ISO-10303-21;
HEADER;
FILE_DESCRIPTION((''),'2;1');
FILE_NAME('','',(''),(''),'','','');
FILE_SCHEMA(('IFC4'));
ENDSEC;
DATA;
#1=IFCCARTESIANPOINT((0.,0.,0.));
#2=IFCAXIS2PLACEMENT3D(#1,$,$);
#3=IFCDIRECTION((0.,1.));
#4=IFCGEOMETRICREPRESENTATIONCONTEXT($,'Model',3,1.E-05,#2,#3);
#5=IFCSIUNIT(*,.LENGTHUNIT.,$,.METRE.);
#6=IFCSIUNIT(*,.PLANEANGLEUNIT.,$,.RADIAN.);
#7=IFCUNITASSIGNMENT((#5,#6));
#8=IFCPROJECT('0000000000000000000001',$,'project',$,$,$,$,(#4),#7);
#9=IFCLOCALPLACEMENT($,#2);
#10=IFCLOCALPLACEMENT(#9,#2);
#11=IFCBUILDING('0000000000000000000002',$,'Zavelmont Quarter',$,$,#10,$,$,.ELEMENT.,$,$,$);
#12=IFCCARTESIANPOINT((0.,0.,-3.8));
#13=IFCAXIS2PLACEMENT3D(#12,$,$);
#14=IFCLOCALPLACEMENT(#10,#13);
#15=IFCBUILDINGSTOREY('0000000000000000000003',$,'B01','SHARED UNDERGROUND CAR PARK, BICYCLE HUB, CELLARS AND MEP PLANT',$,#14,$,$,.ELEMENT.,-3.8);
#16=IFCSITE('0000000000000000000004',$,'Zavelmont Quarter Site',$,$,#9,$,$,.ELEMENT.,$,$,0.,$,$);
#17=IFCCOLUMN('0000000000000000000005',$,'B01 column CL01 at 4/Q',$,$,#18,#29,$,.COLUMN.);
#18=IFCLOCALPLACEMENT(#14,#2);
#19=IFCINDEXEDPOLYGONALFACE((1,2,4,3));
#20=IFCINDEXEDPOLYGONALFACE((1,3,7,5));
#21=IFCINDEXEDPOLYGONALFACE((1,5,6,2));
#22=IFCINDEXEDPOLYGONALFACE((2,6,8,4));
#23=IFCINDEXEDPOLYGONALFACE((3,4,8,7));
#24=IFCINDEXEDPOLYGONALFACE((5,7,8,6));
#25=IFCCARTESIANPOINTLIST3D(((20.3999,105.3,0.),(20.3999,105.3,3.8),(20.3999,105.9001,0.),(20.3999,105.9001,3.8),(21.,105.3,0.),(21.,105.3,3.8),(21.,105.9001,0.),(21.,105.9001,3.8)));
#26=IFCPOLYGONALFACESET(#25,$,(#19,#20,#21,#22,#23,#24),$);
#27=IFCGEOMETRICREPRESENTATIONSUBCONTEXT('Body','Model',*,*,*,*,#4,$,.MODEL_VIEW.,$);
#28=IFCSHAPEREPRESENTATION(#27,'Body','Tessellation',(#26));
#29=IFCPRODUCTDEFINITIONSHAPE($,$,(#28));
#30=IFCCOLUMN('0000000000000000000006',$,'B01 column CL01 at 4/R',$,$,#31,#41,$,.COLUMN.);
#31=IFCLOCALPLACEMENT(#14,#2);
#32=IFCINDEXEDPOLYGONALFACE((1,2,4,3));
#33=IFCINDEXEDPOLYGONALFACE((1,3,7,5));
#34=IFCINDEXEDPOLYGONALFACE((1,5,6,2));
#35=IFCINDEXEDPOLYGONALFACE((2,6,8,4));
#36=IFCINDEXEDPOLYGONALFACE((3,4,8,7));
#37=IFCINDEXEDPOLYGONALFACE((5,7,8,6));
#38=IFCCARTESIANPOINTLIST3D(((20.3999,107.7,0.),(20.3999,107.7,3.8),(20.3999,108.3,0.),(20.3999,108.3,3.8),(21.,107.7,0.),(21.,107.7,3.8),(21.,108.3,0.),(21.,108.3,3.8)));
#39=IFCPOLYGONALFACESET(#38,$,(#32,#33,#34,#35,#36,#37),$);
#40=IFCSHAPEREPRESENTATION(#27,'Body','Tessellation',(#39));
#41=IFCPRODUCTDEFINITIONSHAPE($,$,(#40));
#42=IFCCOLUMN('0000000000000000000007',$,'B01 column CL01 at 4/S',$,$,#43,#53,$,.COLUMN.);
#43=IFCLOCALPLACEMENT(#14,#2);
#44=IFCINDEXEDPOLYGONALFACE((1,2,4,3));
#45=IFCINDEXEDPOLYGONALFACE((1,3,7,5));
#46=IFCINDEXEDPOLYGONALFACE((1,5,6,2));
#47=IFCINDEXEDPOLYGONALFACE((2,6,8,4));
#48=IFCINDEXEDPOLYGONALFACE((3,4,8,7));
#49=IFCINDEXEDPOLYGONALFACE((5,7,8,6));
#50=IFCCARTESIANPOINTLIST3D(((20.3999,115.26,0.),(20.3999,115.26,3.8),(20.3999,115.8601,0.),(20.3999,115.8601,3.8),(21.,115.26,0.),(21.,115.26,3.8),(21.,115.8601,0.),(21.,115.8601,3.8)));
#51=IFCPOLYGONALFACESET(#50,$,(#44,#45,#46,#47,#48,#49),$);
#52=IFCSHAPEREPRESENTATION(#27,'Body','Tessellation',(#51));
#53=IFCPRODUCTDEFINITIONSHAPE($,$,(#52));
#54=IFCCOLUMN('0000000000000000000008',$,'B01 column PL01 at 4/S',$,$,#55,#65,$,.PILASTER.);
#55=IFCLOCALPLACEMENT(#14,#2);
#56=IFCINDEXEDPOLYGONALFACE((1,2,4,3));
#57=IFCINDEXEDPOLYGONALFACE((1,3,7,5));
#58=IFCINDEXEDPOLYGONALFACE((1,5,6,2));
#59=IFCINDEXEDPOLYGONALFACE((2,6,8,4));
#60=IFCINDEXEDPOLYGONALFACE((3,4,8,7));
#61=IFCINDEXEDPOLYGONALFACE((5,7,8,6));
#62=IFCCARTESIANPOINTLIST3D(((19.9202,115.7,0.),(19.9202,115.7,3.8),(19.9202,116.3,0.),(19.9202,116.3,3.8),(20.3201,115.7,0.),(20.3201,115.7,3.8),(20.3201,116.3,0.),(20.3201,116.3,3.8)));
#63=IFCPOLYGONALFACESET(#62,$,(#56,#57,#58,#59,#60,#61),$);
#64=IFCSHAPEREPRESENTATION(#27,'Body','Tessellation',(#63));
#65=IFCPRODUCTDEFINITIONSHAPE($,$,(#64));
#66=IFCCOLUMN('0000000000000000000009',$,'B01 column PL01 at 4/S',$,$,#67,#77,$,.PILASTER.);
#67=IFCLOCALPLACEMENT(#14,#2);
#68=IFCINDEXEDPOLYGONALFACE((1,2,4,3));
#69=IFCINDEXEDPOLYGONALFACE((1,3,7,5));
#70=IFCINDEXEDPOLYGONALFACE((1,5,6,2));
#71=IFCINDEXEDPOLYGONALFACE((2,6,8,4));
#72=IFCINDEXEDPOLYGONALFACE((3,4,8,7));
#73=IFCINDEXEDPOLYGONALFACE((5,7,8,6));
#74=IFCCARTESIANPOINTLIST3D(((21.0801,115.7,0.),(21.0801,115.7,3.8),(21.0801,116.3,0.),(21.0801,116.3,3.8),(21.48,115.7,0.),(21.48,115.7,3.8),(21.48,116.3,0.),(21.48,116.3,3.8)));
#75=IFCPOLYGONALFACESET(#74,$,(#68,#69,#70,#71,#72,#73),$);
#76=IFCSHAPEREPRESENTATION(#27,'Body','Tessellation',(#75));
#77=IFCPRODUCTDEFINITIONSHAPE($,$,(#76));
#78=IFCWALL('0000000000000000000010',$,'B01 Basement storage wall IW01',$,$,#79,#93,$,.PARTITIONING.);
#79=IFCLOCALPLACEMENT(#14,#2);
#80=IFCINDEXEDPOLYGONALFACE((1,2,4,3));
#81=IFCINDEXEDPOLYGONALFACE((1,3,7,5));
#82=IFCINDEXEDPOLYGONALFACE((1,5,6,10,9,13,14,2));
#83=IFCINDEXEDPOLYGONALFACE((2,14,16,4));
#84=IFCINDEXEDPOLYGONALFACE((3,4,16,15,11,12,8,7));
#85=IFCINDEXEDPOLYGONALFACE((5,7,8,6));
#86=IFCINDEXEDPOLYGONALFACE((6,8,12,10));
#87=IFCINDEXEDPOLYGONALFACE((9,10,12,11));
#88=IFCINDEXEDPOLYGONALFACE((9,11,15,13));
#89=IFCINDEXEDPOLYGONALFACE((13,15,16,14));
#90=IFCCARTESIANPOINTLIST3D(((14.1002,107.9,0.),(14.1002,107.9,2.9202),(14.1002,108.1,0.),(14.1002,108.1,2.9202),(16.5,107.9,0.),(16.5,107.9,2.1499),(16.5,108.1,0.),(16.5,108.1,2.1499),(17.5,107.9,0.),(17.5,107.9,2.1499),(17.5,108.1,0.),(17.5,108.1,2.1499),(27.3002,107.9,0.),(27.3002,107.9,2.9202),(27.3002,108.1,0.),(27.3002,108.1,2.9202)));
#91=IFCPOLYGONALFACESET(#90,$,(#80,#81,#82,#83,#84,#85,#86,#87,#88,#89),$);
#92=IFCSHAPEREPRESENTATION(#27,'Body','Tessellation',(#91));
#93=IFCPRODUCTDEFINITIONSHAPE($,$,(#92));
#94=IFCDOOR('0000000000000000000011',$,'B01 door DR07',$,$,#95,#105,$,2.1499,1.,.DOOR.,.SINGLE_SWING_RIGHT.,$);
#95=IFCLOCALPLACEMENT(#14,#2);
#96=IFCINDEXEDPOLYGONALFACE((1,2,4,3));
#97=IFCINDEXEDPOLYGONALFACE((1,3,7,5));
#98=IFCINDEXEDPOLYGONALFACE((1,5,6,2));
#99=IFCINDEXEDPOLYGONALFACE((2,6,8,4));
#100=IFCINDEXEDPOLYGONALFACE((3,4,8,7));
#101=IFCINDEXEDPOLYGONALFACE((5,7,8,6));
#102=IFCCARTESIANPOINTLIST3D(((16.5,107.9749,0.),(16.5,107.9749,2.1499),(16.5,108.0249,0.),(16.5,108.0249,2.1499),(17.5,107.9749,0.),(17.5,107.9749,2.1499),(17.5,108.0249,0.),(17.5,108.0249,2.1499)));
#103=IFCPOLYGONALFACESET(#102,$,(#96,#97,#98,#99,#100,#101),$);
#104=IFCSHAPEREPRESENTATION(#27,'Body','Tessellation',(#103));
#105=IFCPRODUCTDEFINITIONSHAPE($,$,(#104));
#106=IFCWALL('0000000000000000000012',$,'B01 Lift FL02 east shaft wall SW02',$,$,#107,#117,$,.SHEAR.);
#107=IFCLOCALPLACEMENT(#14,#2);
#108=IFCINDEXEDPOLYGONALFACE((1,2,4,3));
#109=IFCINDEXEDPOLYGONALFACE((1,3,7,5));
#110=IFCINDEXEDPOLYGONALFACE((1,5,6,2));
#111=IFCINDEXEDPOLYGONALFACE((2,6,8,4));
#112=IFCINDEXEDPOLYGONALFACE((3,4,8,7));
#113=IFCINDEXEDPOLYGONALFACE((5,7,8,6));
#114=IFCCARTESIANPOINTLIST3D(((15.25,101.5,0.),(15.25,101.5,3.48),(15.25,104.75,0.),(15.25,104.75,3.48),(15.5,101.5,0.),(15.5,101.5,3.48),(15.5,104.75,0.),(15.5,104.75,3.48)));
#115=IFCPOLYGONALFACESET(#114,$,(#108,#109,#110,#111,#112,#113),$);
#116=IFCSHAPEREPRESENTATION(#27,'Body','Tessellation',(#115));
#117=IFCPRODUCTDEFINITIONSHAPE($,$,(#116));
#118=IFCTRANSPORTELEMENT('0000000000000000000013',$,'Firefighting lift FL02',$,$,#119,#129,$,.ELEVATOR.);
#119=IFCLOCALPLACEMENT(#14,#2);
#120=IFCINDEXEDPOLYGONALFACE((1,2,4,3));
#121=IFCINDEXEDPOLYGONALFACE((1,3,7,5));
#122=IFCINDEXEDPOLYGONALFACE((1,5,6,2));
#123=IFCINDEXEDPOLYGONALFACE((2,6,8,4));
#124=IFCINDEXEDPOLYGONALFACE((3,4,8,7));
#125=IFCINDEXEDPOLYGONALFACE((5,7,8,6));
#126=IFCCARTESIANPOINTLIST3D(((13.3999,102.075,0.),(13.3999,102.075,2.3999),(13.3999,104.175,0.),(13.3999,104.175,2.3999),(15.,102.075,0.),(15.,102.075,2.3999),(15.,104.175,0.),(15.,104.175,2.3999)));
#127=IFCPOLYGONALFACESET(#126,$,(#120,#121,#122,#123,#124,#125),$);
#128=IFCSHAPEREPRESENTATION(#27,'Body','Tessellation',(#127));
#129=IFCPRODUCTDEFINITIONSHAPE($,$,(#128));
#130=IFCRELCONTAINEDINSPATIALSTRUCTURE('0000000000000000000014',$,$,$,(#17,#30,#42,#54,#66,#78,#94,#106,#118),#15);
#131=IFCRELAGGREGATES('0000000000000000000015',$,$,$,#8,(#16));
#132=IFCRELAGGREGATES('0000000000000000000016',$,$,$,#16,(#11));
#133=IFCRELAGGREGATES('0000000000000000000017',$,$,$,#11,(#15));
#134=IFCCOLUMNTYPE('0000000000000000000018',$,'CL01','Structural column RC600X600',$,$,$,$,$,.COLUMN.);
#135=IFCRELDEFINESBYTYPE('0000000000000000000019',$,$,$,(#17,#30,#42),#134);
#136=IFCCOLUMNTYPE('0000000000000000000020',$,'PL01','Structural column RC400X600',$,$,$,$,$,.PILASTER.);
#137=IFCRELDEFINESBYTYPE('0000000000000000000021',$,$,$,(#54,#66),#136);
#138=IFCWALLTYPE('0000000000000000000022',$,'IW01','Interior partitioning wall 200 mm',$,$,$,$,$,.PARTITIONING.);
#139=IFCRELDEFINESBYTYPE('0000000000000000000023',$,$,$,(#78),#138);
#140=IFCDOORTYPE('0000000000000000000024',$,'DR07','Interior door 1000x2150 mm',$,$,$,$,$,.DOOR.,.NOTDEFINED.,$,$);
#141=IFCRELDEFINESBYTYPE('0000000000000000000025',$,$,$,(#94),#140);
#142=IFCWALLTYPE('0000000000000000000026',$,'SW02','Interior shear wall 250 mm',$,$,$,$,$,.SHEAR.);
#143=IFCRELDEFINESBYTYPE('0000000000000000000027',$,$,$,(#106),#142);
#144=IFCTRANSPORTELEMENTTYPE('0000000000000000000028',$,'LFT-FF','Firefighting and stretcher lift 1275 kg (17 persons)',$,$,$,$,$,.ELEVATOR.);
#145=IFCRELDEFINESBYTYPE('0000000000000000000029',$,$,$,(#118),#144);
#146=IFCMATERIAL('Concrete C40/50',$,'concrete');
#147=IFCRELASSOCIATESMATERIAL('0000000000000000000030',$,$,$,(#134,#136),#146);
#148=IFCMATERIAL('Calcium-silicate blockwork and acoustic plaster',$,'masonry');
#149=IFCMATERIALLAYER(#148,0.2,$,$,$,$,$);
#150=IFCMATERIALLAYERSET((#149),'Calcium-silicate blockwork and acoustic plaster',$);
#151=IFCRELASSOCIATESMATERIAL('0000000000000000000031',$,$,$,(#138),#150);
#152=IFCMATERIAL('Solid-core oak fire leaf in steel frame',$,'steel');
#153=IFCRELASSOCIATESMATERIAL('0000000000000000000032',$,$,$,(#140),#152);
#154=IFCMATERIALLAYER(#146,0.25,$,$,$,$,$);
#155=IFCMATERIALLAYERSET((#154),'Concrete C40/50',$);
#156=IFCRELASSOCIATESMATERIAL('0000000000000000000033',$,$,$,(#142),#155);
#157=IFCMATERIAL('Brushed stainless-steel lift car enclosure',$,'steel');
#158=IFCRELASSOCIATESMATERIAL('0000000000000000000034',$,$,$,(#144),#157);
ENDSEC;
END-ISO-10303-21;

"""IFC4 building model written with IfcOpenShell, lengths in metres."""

from ifc_helpers import new_model, si_unit, direction, frame, frame_2d, origin, origin_with_axes, origin_2d, place, context, subcontext, project, spatial, rectangle, extrude, material, layer, layer_set, material_profile, profile_set, type_object, element, fill, save


model = new_model("IFC4")

# Units and contexts
model_context = context("Model", 3, precision=1e-05, world=origin(), true_north=direction((0.0, 1.0)))
body_context = subcontext(model_context, "Body", "Model", "MODEL_VIEW")
ifc_project = project(units=[si_unit("LENGTHUNIT", "METRE"), si_unit("PLANEANGLEUNIT", "RADIAN")], contexts=[model_context])

# Site, building, storey
site_placement = place(None, origin())
site = spatial("IfcSite", under=ifc_project, at=site_placement, Name="Zavelmont Quarter Site", CompositionType="ELEMENT", RefElevation=0.0)
building_placement = place(site_placement, origin())
building = spatial("IfcBuilding", under=site, at=building_placement, Name="Zavelmont Quarter", CompositionType="ELEMENT")
storey_placement = place(building_placement, frame((0.0, 0.0, -3.8)))
storey = spatial("IfcBuildingStorey", under=building, at=storey_placement, Name="B01", Description="SHARED UNDERGROUND CAR PARK, BICYCLE HUB, CELLARS AND MEP PLANT", CompositionType="ELEMENT", Elevation=-3.8)

# Columns
ifc_material_1 = material(Name="Concrete C40/50", Category="concrete")
ifc_material_profile_1 = material_profile(ifc_material_1, rectangle(XDim=0.6001, YDim=0.6001, at=origin_2d()), Name="RC600X600")
ifc_profile_set_1 = profile_set([ifc_material_profile_1], Name="Concrete C40/50")
column_type_1 = type_object("IfcColumnType", Name="CL01", Description="Structural column RC600X600", PredefinedType="COLUMN", material=ifc_profile_set_1)
for number, where, z_axis, x_axis, name in (
    (1, (20.7, 105.6001, 0.0), (0.0, 0.0, 1.0), (1.0, 0.0, 0.0), "B01 column CL01 at 4/Q"),
    (2, (20.7, 108.0, 0.0), (0.0, 0.0, 1.0), (1.0, 0.0, 0.0), "B01 column CL01 at 4/R"),
    (3, (20.7, 115.5601, 0.0), (0.0, 0.0, 1.0), (1.0, 0.0, 0.0), "B01 column CL01 at 4/S"),
):
    element("IfcColumn", number, at=place(storey_placement, frame(where, z_axis=z_axis, x_axis=x_axis)), inside=storey, type_object=column_type_1, Name=name, PredefinedType="COLUMN", context=body_context, shape_type="SweptSolid", body=[
        extrude(rectangle(XDim=0.6001, YDim=0.6001, at=origin_2d()), origin(), (0.0, 0.0, 1.0), 3.8),
    ])
ifc_material_profile_2 = material_profile(ifc_material_1, rectangle(XDim=0.3999, YDim=0.6001, at=origin_2d()), Name="RC400X600")
ifc_profile_set_2 = profile_set([ifc_material_profile_2], Name="Concrete C40/50")
column_type_2 = type_object("IfcColumnType", Name="PL01", Description="Structural column RC400X600", PredefinedType="PILASTER", material=ifc_profile_set_2)
for number, where, z_axis, x_axis, name in (
    (4, (20.1201, 116.0, 0.0), (0.0, 0.0, 1.0), (1.0, 0.0, 0.0), "B01 column PL01 at 4/S"),
    (5, (21.28, 116.0, 0.0), (0.0, 0.0, 1.0), (1.0, 0.0, 0.0), "B01 column PL01 at 4/S"),
):
    element("IfcColumn", number, at=place(storey_placement, frame(where, z_axis=z_axis, x_axis=x_axis)), inside=storey, type_object=column_type_2, Name=name, PredefinedType="PILASTER", context=body_context, shape_type="SweptSolid", body=[
        extrude(rectangle(XDim=0.3999, YDim=0.6001, at=origin_2d()), origin(), (0.0, 0.0, 1.0), 3.8),
    ])

# Wall, opening, door
ifc_material_2 = material(Name="Calcium-silicate blockwork and acoustic plaster", Category="masonry")
ifc_layer_1 = layer(ifc_material_2, 0.2)
ifc_layer_set_1 = layer_set([ifc_layer_1], Name="Calcium-silicate blockwork and acoustic plaster")
wall_type_1 = type_object("IfcWallType", Name="IW01", Description="Interior partitioning wall 200 mm", PredefinedType="PARTITIONING", material=ifc_layer_set_1)
wall_1_placement = place(storey_placement, frame((14.1001, 108.0, 0.0), z_axis=(0.0, 0.0, 1.0), x_axis=(1.0, 0.0, 0.0)))
wall_1 = element("IfcWall", 6, at=wall_1_placement, inside=storey, type_object=wall_type_1, Name="B01 Basement storage wall IW01", PredefinedType="PARTITIONING", context=body_context, shape_type="SweptSolid", body=[
    extrude(rectangle(XDim=13.2, YDim=0.2, at=frame_2d((6.6001, 0.0))), origin(), (0.0, 0.0, 1.0), 2.9202),
])
opening_placement = place(wall_1_placement, frame((2.3999, 0.0, 0.0)))
opening = element("IfcOpeningElement", 7, at=opening_placement, cuts=wall_1, PredefinedType="OPENING", context=body_context, shape_type="SweptSolid", body=[
    extrude(rectangle(XDim=1.0, YDim=2.1499, at=frame_2d((0.5, 1.075))), frame((0.0, 0.1118, 0.0), z_axis=(0.0, -1.0, 0.0), x_axis=(1.0, 0.0, 0.0)), (0.0, 0.0, 1.0), 0.2239),
])
ifc_material_3 = material(Name="Solid-core oak fire leaf in steel frame", Category="steel")
door_type = type_object("IfcDoorType", Name="DR07", Description="Interior door 1000x2150 mm", OperationType="NOTDEFINED", PredefinedType="DOOR", material=ifc_material_3)
door_placement = place(opening_placement, origin_with_axes())
door = element("IfcDoor", 8, at=door_placement, inside=storey, type_object=door_type, Name="B01 door DR07", OperationType="SINGLE_SWING_RIGHT", OverallHeight=2.1499, OverallWidth=1.0, PredefinedType="DOOR", context=body_context, shape_type="SweptSolid", body=[
    extrude(rectangle(XDim=1.0, YDim=2.1499, at=frame_2d((0.5, 1.075))), frame((0.0, 0.0249, 0.0), z_axis=(0.0, -1.0, 0.0), x_axis=(1.0, 0.0, 0.0)), (0.0, 0.0, 1.0), 0.05),
])
fill(opening, door)

# Wall
ifc_layer_2 = layer(ifc_material_1, 0.25)
ifc_layer_set_2 = layer_set([ifc_layer_2], Name="Concrete C40/50")
wall_type_2 = type_object("IfcWallType", Name="SW02", Description="Interior shear wall 250 mm", PredefinedType="SHEAR", material=ifc_layer_set_2)
wall_2_placement = place(storey_placement, frame((15.375, 101.5, 0.0), z_axis=(0.0, 0.0, 1.0), x_axis=(0.0, 1.0, 0.0)))
element("IfcWall", 9, at=wall_2_placement, inside=storey, type_object=wall_type_2, Name="B01 Lift FL02 east shaft wall SW02", PredefinedType="SHEAR", context=body_context, shape_type="SweptSolid", body=[
    extrude(rectangle(XDim=3.25, YDim=0.25, at=frame_2d((1.625, 0.0))), origin(), (0.0, 0.0, 1.0), 3.48),
])

# Transport element
ifc_material_4 = material(Name="Brushed stainless-steel lift car enclosure", Category="steel")
transport_element_type = type_object("IfcTransportElementType", Name="LFT-FF", Description="Firefighting and stretcher lift 1275 kg (17 persons)", PredefinedType="ELEVATOR", material=ifc_material_4)
transport_element_placement = place(storey_placement, frame((14.2, 103.125, 0.0), z_axis=(0.0, 0.0, 1.0), x_axis=(1.0, 0.0, 0.0)))
element("IfcTransportElement", 10, at=transport_element_placement, inside=storey, type_object=transport_element_type, Name="Firefighting lift FL02", PredefinedType="ELEVATOR", context=body_context, shape_type="SweptSolid", body=[
    extrude(rectangle(XDim=1.6001, YDim=2.1001, at=origin_2d()), origin(), (0.0, 0.0, 1.0), 2.3999),
])

save(model, "model.ifc")
